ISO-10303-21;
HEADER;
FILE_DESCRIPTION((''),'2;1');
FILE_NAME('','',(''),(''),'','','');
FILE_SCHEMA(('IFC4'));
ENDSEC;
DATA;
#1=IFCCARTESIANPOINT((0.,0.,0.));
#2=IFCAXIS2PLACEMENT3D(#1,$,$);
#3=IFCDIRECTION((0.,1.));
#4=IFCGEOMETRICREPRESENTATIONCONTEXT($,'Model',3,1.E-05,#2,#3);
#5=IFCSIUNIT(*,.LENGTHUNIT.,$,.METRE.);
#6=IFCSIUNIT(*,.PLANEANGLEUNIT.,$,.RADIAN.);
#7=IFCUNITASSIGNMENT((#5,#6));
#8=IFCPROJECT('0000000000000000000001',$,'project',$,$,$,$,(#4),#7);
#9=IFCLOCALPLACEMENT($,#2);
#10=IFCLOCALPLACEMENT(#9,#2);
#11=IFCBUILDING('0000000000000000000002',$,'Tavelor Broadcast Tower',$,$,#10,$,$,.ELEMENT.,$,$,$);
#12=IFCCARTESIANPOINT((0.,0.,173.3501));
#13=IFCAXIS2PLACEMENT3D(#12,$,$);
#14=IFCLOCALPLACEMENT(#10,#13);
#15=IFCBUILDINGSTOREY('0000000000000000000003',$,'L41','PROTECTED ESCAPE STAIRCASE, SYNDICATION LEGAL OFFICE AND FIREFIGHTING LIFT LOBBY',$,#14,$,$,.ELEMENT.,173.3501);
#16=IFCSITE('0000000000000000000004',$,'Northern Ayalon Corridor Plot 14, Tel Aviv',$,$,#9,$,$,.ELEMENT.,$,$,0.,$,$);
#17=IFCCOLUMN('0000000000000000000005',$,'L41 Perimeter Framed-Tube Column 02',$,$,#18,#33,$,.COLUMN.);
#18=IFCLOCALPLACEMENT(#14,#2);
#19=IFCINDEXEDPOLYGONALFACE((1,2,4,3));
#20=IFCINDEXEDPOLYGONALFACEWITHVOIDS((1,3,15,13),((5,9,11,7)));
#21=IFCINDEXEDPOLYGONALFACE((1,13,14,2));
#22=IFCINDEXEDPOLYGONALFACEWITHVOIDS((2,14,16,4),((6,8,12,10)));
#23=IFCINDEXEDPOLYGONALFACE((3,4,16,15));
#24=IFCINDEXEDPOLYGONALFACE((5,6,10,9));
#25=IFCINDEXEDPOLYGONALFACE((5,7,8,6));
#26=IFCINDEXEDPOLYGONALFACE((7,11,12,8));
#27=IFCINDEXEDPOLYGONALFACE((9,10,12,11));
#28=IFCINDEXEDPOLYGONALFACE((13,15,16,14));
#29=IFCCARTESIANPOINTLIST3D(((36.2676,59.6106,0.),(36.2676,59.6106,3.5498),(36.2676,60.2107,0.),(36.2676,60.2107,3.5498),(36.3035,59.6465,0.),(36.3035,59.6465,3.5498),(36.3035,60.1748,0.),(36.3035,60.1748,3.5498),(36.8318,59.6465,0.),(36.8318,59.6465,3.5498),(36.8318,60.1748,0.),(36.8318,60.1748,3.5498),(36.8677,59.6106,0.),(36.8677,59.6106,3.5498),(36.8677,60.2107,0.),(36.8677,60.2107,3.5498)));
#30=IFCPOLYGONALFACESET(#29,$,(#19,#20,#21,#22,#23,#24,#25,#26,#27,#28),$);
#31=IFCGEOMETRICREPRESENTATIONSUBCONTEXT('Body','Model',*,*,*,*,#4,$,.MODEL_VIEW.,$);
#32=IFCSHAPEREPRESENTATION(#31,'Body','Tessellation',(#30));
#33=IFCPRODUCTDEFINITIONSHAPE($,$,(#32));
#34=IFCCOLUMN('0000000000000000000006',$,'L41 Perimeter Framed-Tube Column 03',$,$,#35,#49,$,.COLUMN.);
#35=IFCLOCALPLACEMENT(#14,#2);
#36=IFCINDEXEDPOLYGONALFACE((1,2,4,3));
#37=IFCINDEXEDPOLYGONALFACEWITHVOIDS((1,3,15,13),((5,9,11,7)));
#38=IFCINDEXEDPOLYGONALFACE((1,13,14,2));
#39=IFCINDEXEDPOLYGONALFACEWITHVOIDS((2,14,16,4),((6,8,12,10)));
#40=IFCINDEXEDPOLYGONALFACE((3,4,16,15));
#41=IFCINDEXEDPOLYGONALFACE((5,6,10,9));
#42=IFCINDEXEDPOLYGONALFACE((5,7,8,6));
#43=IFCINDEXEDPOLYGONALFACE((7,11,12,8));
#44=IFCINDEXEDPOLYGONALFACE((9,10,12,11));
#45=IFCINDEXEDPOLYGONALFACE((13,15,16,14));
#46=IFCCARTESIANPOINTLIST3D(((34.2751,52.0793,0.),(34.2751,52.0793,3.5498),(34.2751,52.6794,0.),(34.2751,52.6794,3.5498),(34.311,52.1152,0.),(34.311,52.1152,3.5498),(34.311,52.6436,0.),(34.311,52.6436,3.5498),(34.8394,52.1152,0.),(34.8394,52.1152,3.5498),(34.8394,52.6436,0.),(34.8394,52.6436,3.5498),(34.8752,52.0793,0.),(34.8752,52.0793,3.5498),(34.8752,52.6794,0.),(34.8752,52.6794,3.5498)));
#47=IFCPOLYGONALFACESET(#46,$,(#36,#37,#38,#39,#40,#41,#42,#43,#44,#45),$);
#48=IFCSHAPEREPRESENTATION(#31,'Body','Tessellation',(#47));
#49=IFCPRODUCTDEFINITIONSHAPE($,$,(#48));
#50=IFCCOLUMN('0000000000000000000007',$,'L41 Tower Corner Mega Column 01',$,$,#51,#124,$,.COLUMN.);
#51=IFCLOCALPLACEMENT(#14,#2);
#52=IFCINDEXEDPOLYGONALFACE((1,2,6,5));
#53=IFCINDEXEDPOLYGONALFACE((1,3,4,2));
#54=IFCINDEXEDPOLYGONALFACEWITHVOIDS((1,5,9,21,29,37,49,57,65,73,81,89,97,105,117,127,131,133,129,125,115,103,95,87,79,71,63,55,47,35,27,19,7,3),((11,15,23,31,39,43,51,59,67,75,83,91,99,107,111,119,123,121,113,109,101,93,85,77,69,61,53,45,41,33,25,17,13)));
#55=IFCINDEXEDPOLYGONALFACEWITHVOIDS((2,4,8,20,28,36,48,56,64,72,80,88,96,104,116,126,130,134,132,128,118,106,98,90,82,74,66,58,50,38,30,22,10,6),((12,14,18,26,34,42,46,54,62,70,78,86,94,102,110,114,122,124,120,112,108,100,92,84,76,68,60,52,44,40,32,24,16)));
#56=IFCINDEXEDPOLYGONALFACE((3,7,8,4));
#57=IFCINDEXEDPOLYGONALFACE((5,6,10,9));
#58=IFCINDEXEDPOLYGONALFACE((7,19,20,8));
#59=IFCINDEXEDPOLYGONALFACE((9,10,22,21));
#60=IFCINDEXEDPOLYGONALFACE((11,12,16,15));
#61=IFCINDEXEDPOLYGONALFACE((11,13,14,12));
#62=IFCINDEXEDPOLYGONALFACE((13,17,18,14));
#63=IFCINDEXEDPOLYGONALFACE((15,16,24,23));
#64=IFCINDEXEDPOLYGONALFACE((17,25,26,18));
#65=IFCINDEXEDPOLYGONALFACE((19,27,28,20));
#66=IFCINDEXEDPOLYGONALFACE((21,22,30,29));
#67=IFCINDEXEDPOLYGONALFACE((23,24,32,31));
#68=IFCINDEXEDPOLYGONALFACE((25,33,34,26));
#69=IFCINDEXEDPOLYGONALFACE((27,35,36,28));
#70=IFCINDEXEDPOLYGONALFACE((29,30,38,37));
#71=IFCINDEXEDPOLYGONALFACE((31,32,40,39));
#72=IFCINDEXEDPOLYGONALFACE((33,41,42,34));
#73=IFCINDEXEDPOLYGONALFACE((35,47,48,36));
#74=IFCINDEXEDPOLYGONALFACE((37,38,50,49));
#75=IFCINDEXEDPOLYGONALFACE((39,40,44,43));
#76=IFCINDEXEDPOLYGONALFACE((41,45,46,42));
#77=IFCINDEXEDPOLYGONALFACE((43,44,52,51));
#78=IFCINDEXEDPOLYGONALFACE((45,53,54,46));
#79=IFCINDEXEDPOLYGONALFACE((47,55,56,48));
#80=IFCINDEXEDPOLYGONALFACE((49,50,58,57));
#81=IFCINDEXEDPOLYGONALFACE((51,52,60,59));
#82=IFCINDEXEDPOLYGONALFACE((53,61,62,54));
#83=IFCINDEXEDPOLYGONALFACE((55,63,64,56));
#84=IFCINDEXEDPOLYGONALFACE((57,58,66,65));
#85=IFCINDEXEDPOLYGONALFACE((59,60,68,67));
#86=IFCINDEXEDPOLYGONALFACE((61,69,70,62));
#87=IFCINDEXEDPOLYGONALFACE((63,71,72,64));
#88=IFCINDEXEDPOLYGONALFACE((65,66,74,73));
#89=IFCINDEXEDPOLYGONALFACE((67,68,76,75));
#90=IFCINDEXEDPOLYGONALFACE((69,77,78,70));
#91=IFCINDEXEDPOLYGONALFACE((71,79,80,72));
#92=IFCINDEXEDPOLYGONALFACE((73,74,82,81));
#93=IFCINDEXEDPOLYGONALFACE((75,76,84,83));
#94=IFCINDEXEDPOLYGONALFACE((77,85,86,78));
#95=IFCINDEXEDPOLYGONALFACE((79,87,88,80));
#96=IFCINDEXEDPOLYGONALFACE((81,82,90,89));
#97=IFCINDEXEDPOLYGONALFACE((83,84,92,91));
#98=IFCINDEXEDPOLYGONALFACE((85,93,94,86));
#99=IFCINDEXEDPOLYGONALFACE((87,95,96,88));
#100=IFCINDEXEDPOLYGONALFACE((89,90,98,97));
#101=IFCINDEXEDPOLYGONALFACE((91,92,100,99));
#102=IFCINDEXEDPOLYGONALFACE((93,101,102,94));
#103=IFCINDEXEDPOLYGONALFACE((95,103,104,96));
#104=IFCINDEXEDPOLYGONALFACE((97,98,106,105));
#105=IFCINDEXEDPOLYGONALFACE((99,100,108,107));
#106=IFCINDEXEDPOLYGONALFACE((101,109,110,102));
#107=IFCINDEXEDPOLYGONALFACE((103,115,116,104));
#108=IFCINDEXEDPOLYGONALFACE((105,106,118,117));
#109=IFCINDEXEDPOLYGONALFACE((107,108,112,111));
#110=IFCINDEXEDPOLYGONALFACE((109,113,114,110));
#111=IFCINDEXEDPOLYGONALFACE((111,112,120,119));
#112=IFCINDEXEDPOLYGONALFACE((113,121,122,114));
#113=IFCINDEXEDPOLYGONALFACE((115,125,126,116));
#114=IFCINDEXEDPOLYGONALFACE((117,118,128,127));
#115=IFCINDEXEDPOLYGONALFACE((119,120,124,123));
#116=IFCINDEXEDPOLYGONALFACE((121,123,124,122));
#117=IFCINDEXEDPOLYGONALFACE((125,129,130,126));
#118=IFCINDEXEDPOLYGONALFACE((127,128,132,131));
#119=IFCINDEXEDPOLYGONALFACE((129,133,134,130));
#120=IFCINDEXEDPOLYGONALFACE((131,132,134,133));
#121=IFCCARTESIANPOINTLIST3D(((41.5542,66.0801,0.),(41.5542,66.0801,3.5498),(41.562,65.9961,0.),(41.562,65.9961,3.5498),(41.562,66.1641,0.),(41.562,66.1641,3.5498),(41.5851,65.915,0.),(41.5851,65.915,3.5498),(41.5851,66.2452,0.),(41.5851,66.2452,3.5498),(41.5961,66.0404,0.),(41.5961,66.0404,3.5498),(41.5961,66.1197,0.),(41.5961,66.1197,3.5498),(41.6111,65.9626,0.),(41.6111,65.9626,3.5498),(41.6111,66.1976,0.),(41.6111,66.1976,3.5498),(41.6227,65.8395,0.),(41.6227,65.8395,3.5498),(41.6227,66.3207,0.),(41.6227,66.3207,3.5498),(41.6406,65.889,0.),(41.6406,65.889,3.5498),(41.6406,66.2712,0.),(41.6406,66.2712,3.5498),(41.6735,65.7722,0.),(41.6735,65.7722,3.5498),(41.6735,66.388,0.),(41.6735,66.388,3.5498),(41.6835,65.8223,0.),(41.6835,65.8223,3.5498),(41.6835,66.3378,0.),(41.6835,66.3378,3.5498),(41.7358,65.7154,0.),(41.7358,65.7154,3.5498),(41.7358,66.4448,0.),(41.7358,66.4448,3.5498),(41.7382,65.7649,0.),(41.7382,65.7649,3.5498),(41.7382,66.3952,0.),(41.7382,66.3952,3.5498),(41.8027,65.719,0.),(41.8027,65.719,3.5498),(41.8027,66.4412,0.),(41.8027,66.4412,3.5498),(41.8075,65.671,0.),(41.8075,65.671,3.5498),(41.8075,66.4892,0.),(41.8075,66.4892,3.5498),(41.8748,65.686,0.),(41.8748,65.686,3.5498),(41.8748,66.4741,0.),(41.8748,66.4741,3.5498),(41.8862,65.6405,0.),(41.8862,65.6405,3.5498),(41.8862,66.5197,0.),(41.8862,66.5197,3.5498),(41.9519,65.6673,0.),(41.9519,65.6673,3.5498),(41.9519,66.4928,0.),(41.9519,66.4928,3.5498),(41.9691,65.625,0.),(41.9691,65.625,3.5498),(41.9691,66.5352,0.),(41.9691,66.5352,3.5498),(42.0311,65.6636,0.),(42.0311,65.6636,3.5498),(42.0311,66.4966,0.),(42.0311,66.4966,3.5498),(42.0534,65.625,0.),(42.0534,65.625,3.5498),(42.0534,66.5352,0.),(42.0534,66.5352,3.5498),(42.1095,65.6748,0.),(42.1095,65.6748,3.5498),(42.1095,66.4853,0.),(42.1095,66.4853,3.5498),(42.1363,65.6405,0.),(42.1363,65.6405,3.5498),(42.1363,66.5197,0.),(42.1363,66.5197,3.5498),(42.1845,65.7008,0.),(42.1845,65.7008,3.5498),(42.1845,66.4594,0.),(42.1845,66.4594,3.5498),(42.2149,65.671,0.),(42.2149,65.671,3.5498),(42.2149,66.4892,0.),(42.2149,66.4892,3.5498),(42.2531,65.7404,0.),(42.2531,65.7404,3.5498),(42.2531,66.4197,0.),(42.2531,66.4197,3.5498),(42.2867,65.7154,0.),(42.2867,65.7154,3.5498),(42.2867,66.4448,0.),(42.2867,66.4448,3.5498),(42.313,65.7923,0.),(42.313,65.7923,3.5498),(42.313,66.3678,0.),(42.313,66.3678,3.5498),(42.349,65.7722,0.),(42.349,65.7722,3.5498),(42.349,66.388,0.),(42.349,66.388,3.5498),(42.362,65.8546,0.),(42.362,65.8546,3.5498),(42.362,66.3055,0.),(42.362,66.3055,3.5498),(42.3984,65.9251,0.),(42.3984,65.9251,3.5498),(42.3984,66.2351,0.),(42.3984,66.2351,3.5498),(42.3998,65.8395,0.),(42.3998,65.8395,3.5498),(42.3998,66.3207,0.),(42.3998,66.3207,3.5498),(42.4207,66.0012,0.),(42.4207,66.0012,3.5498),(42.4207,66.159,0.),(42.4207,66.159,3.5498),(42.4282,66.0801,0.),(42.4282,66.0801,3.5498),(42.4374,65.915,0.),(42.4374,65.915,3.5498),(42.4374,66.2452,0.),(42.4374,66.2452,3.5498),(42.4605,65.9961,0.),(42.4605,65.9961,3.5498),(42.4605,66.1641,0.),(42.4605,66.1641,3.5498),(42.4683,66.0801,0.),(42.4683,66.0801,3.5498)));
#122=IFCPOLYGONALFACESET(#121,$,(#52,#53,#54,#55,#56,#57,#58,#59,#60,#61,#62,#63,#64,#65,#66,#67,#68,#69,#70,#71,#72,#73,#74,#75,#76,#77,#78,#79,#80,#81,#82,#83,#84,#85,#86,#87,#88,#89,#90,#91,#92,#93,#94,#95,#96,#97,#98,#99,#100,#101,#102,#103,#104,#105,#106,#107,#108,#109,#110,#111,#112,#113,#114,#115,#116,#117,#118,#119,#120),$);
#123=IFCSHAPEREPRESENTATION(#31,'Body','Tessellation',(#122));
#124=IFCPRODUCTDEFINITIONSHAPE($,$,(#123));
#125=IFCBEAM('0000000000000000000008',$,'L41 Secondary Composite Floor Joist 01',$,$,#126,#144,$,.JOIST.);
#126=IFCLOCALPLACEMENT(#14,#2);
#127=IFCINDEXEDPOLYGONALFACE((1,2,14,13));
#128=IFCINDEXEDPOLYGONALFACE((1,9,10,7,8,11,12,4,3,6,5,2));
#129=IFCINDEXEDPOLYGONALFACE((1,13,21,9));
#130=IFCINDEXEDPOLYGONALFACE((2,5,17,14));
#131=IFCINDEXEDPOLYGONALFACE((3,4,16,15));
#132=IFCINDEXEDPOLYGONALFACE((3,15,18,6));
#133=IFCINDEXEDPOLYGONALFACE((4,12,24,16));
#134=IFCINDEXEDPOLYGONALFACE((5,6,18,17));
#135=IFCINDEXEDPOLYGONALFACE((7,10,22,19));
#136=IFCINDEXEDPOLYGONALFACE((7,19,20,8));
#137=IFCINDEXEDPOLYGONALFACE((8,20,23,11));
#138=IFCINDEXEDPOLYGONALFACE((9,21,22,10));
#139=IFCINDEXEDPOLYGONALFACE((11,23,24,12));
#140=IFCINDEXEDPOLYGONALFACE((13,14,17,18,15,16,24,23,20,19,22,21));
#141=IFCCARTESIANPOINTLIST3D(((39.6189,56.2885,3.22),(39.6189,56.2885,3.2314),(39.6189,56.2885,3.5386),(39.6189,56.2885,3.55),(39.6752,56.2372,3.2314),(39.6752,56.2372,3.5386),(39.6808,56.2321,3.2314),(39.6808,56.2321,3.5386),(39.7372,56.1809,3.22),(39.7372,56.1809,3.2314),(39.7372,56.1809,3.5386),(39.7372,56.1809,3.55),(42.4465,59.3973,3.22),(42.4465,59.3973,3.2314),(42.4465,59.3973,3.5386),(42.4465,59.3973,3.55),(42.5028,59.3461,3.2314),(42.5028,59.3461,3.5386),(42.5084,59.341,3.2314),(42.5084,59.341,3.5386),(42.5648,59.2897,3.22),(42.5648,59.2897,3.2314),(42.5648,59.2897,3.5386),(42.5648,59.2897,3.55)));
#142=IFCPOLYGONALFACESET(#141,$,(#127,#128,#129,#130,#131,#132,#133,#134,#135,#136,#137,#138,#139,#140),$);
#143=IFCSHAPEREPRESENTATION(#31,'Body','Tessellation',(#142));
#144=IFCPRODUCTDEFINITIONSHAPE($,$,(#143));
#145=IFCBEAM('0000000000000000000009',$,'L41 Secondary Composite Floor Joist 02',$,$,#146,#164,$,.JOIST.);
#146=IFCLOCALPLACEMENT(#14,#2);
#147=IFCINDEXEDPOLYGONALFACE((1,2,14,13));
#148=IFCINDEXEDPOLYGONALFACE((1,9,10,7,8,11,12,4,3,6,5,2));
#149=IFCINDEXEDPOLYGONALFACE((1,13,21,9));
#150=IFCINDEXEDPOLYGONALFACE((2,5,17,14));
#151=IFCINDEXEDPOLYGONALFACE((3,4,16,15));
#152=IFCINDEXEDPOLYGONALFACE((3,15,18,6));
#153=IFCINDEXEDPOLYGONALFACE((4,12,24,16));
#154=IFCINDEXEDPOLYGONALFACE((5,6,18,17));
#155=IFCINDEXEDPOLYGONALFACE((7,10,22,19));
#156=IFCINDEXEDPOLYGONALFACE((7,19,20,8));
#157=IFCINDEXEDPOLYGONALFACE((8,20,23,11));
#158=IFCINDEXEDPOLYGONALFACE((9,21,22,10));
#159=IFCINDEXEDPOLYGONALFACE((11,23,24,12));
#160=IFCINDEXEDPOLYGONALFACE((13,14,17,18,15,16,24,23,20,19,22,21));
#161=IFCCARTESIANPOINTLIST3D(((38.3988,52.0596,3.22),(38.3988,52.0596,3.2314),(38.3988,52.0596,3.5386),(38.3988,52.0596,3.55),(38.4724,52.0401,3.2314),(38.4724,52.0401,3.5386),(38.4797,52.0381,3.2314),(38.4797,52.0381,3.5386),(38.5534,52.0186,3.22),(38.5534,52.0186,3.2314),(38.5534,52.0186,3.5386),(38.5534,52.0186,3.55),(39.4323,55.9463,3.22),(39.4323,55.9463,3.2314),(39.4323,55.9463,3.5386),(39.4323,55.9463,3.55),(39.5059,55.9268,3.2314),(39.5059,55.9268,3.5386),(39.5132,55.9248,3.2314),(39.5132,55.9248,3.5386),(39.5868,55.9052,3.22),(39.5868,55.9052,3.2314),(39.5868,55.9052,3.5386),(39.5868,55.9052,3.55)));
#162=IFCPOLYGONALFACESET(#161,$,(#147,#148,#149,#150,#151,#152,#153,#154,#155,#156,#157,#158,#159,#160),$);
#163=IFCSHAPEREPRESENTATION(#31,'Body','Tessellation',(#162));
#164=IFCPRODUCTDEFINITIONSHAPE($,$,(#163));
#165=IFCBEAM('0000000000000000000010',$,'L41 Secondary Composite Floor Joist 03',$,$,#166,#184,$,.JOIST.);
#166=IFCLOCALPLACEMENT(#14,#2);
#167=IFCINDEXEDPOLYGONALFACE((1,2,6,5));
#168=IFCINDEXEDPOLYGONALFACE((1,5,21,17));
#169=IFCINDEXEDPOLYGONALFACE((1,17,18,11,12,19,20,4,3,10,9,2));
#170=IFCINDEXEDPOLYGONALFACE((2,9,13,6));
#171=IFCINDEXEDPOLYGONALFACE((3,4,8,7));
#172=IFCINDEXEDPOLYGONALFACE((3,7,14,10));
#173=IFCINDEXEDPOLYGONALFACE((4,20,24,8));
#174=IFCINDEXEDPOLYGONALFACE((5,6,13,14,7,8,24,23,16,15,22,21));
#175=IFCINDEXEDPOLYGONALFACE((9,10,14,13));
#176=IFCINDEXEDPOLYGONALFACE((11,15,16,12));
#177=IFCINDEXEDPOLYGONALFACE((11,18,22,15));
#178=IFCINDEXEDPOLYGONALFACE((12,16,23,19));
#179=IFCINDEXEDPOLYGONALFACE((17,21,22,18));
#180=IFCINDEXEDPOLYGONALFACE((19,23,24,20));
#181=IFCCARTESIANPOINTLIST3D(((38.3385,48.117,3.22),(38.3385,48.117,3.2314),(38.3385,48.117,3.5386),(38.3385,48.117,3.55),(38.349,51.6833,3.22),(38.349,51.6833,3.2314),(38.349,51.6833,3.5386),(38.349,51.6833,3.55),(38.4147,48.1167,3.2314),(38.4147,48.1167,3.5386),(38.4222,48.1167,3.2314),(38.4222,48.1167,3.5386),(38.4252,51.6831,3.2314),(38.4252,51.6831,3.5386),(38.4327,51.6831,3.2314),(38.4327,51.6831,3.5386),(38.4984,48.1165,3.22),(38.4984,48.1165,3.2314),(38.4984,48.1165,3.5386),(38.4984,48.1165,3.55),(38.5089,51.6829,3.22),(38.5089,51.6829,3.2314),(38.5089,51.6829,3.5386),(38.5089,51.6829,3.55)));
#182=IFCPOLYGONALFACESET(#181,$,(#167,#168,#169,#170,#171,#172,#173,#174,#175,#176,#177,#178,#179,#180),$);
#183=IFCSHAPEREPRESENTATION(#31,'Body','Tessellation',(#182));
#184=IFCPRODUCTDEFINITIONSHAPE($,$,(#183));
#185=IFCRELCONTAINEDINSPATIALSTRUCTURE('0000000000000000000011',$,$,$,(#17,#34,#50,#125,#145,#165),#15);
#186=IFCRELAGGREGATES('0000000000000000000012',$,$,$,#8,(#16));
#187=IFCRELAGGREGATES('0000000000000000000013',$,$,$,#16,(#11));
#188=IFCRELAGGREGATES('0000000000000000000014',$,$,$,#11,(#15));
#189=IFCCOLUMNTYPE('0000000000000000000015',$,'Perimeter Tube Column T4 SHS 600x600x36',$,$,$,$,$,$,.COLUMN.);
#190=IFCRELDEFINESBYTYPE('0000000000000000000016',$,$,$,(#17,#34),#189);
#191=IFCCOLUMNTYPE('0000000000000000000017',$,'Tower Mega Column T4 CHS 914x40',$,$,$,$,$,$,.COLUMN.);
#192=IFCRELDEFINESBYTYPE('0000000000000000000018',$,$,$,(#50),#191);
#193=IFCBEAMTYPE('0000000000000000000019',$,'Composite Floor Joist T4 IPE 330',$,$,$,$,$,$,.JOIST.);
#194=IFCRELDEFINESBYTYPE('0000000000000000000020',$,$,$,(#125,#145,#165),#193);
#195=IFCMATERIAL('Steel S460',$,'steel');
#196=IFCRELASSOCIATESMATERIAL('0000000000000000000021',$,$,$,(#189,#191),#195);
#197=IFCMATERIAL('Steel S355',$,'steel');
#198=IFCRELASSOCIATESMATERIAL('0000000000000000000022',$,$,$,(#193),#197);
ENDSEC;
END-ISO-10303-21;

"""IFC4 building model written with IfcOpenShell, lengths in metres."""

from ifc_helpers import new_model, si_unit, direction, frame, origin, origin_2d, place, context, subcontext, project, spatial, hollow_rectangle, hollow_circle, i_section, extrude, material, material_profile, profile_set, type_object, element, save


model = new_model("IFC4")

# Units and contexts
model_context = context("Model", 3, precision=1e-05, world=origin(), true_north=direction((0.0, 1.0)))
body_context = subcontext(model_context, "Body", "Model", "MODEL_VIEW")
ifc_project = project(units=[si_unit("LENGTHUNIT", "METRE"), si_unit("PLANEANGLEUNIT", "RADIAN")], contexts=[model_context])

# Site, building, storey
site_placement = place(None, origin())
site = spatial("IfcSite", under=ifc_project, at=site_placement, Name="Northern Ayalon Corridor Plot 14, Tel Aviv", CompositionType="ELEMENT", RefElevation=0.0)
building_placement = place(site_placement, origin())
building = spatial("IfcBuilding", under=site, at=building_placement, Name="Tavelor Broadcast Tower", CompositionType="ELEMENT")
storey_placement = place(building_placement, frame((0.0, 0.0, 173.3501)))
storey = spatial("IfcBuildingStorey", under=building, at=storey_placement, Name="L41", Description="PROTECTED ESCAPE STAIRCASE, SYNDICATION LEGAL OFFICE AND FIREFIGHTING LIFT LOBBY", CompositionType="ELEMENT", Elevation=173.3501)

# Columns
ifc_material_1 = material(Name="Steel S460", Category="steel")
ifc_material_profile_1 = material_profile(ifc_material_1, hollow_rectangle(XDim=0.6001, YDim=0.6001, WallThickness=0.0359, at=origin_2d()), Name="SHS 600x600x36")
ifc_profile_set_1 = profile_set([ifc_material_profile_1], Name="Steel S460")
column_type_1 = type_object("IfcColumnType", Name="Perimeter Tube Column T4 SHS 600x600x36", PredefinedType="COLUMN", material=ifc_profile_set_1)
for number, where, z_axis, x_axis, name in (
    (1, (36.5676, 59.9106, 0.0), (0.0, 0.0, 1.0), (1.0, 0.0, 0.0), "L41 Perimeter Framed-Tube Column 02"),
    (2, (34.5752, 52.3794, 0.0), (0.0, 0.0, 1.0), (1.0, 0.0, 0.0), "L41 Perimeter Framed-Tube Column 03"),
):
    element("IfcColumn", number, at=place(storey_placement, frame(where, z_axis=z_axis, x_axis=x_axis)), inside=storey, type_object=column_type_1, Name=name, PredefinedType="COLUMN", context=body_context, shape_type="SweptSolid", body=[
        extrude(hollow_rectangle(XDim=0.6001, YDim=0.6001, WallThickness=0.0359, at=origin_2d()), origin(), (0.0, 0.0, 1.0), 3.5498),
    ])
ifc_material_profile_2 = material_profile(ifc_material_1, hollow_circle(Radius=0.457, WallThickness=0.04, at=origin_2d()), Name="CHS 914x40")
ifc_profile_set_2 = profile_set([ifc_material_profile_2], Name="Steel S460")
column_type_2 = type_object("IfcColumnType", Name="Tower Mega Column T4 CHS 914x40", PredefinedType="COLUMN", material=ifc_profile_set_2)
column_placement = place(storey_placement, frame((42.0112, 66.0801, 0.0), z_axis=(0.0, 0.0, 1.0), x_axis=(1.0, 0.0, 0.0)))
element("IfcColumn", 3, at=column_placement, inside=storey, type_object=column_type_2, Name="L41 Tower Corner Mega Column 01", PredefinedType="COLUMN", context=body_context, shape_type="SweptSolid", body=[
    extrude(hollow_circle(Radius=0.457, WallThickness=0.04, at=origin_2d()), origin(), (0.0, 0.0, 1.0), 3.5498),
])

# Beams
ifc_material_2 = material(Name="Steel S355", Category="steel")
ifc_material_profile_3 = material_profile(ifc_material_2, i_section(OverallWidth=0.1599, OverallDepth=0.3301, WebThickness=0.0076, FlangeThickness=0.0115, at=origin_2d()), Name="IPE 330")
ifc_profile_set_3 = profile_set([ifc_material_profile_3], Name="Steel S355")
beam_type_1 = type_object("IfcBeamType", Name="Composite Floor Joist T4 IPE 330", PredefinedType="JOIST", material=ifc_profile_set_3)
beam_1_placement = place(storey_placement, frame((42.5056, 59.3435, 3.385), z_axis=(-0.672852, -0.739777, 0.0), x_axis=(0.739777, -0.672852, 0.0)))
element("IfcBeam", 4, at=beam_1_placement, inside=storey, type_object=beam_type_1, Name="L41 Secondary Composite Floor Joist 01", PredefinedType="JOIST", context=body_context, shape_type="SweptSolid", body=[
    extrude(i_section(OverallWidth=0.1599, OverallDepth=0.3301, WebThickness=0.0076, FlangeThickness=0.0115, at=origin_2d()), origin(), (0.0, 0.0, 1.0), 4.2024),
])
beam_2_placement = place(storey_placement, frame((39.5095, 55.9258, 3.385), z_axis=(-0.256964, -0.966421, 0.0), x_axis=(0.966421, -0.256964, 0.0)))
element("IfcBeam", 5, at=beam_2_placement, inside=storey, type_object=beam_type_1, Name="L41 Secondary Composite Floor Joist 02", PredefinedType="JOIST", context=body_context, shape_type="SweptSolid", body=[
    extrude(i_section(OverallWidth=0.1599, OverallDepth=0.3301, WebThickness=0.0076, FlangeThickness=0.0115, at=origin_2d()), origin(), (0.0, 0.0, 1.0), 4.0217),
])
beam_3_placement = place(storey_placement, frame((38.429, 51.6831, 3.385), z_axis=(-0.002944, -0.999996, 0.0), x_axis=(0.999996, -0.002944, 0.0)))
element("IfcBeam", 6, at=beam_3_placement, inside=storey, type_object=beam_type_1, Name="L41 Secondary Composite Floor Joist 03", PredefinedType="JOIST", context=body_context, shape_type="SweptSolid", body=[
    extrude(i_section(OverallWidth=0.1599, OverallDepth=0.3301, WebThickness=0.0076, FlangeThickness=0.0115, at=origin_2d()), origin(), (0.0, 0.0, 1.0), 3.5664),
])

save(model, "model.ifc")
